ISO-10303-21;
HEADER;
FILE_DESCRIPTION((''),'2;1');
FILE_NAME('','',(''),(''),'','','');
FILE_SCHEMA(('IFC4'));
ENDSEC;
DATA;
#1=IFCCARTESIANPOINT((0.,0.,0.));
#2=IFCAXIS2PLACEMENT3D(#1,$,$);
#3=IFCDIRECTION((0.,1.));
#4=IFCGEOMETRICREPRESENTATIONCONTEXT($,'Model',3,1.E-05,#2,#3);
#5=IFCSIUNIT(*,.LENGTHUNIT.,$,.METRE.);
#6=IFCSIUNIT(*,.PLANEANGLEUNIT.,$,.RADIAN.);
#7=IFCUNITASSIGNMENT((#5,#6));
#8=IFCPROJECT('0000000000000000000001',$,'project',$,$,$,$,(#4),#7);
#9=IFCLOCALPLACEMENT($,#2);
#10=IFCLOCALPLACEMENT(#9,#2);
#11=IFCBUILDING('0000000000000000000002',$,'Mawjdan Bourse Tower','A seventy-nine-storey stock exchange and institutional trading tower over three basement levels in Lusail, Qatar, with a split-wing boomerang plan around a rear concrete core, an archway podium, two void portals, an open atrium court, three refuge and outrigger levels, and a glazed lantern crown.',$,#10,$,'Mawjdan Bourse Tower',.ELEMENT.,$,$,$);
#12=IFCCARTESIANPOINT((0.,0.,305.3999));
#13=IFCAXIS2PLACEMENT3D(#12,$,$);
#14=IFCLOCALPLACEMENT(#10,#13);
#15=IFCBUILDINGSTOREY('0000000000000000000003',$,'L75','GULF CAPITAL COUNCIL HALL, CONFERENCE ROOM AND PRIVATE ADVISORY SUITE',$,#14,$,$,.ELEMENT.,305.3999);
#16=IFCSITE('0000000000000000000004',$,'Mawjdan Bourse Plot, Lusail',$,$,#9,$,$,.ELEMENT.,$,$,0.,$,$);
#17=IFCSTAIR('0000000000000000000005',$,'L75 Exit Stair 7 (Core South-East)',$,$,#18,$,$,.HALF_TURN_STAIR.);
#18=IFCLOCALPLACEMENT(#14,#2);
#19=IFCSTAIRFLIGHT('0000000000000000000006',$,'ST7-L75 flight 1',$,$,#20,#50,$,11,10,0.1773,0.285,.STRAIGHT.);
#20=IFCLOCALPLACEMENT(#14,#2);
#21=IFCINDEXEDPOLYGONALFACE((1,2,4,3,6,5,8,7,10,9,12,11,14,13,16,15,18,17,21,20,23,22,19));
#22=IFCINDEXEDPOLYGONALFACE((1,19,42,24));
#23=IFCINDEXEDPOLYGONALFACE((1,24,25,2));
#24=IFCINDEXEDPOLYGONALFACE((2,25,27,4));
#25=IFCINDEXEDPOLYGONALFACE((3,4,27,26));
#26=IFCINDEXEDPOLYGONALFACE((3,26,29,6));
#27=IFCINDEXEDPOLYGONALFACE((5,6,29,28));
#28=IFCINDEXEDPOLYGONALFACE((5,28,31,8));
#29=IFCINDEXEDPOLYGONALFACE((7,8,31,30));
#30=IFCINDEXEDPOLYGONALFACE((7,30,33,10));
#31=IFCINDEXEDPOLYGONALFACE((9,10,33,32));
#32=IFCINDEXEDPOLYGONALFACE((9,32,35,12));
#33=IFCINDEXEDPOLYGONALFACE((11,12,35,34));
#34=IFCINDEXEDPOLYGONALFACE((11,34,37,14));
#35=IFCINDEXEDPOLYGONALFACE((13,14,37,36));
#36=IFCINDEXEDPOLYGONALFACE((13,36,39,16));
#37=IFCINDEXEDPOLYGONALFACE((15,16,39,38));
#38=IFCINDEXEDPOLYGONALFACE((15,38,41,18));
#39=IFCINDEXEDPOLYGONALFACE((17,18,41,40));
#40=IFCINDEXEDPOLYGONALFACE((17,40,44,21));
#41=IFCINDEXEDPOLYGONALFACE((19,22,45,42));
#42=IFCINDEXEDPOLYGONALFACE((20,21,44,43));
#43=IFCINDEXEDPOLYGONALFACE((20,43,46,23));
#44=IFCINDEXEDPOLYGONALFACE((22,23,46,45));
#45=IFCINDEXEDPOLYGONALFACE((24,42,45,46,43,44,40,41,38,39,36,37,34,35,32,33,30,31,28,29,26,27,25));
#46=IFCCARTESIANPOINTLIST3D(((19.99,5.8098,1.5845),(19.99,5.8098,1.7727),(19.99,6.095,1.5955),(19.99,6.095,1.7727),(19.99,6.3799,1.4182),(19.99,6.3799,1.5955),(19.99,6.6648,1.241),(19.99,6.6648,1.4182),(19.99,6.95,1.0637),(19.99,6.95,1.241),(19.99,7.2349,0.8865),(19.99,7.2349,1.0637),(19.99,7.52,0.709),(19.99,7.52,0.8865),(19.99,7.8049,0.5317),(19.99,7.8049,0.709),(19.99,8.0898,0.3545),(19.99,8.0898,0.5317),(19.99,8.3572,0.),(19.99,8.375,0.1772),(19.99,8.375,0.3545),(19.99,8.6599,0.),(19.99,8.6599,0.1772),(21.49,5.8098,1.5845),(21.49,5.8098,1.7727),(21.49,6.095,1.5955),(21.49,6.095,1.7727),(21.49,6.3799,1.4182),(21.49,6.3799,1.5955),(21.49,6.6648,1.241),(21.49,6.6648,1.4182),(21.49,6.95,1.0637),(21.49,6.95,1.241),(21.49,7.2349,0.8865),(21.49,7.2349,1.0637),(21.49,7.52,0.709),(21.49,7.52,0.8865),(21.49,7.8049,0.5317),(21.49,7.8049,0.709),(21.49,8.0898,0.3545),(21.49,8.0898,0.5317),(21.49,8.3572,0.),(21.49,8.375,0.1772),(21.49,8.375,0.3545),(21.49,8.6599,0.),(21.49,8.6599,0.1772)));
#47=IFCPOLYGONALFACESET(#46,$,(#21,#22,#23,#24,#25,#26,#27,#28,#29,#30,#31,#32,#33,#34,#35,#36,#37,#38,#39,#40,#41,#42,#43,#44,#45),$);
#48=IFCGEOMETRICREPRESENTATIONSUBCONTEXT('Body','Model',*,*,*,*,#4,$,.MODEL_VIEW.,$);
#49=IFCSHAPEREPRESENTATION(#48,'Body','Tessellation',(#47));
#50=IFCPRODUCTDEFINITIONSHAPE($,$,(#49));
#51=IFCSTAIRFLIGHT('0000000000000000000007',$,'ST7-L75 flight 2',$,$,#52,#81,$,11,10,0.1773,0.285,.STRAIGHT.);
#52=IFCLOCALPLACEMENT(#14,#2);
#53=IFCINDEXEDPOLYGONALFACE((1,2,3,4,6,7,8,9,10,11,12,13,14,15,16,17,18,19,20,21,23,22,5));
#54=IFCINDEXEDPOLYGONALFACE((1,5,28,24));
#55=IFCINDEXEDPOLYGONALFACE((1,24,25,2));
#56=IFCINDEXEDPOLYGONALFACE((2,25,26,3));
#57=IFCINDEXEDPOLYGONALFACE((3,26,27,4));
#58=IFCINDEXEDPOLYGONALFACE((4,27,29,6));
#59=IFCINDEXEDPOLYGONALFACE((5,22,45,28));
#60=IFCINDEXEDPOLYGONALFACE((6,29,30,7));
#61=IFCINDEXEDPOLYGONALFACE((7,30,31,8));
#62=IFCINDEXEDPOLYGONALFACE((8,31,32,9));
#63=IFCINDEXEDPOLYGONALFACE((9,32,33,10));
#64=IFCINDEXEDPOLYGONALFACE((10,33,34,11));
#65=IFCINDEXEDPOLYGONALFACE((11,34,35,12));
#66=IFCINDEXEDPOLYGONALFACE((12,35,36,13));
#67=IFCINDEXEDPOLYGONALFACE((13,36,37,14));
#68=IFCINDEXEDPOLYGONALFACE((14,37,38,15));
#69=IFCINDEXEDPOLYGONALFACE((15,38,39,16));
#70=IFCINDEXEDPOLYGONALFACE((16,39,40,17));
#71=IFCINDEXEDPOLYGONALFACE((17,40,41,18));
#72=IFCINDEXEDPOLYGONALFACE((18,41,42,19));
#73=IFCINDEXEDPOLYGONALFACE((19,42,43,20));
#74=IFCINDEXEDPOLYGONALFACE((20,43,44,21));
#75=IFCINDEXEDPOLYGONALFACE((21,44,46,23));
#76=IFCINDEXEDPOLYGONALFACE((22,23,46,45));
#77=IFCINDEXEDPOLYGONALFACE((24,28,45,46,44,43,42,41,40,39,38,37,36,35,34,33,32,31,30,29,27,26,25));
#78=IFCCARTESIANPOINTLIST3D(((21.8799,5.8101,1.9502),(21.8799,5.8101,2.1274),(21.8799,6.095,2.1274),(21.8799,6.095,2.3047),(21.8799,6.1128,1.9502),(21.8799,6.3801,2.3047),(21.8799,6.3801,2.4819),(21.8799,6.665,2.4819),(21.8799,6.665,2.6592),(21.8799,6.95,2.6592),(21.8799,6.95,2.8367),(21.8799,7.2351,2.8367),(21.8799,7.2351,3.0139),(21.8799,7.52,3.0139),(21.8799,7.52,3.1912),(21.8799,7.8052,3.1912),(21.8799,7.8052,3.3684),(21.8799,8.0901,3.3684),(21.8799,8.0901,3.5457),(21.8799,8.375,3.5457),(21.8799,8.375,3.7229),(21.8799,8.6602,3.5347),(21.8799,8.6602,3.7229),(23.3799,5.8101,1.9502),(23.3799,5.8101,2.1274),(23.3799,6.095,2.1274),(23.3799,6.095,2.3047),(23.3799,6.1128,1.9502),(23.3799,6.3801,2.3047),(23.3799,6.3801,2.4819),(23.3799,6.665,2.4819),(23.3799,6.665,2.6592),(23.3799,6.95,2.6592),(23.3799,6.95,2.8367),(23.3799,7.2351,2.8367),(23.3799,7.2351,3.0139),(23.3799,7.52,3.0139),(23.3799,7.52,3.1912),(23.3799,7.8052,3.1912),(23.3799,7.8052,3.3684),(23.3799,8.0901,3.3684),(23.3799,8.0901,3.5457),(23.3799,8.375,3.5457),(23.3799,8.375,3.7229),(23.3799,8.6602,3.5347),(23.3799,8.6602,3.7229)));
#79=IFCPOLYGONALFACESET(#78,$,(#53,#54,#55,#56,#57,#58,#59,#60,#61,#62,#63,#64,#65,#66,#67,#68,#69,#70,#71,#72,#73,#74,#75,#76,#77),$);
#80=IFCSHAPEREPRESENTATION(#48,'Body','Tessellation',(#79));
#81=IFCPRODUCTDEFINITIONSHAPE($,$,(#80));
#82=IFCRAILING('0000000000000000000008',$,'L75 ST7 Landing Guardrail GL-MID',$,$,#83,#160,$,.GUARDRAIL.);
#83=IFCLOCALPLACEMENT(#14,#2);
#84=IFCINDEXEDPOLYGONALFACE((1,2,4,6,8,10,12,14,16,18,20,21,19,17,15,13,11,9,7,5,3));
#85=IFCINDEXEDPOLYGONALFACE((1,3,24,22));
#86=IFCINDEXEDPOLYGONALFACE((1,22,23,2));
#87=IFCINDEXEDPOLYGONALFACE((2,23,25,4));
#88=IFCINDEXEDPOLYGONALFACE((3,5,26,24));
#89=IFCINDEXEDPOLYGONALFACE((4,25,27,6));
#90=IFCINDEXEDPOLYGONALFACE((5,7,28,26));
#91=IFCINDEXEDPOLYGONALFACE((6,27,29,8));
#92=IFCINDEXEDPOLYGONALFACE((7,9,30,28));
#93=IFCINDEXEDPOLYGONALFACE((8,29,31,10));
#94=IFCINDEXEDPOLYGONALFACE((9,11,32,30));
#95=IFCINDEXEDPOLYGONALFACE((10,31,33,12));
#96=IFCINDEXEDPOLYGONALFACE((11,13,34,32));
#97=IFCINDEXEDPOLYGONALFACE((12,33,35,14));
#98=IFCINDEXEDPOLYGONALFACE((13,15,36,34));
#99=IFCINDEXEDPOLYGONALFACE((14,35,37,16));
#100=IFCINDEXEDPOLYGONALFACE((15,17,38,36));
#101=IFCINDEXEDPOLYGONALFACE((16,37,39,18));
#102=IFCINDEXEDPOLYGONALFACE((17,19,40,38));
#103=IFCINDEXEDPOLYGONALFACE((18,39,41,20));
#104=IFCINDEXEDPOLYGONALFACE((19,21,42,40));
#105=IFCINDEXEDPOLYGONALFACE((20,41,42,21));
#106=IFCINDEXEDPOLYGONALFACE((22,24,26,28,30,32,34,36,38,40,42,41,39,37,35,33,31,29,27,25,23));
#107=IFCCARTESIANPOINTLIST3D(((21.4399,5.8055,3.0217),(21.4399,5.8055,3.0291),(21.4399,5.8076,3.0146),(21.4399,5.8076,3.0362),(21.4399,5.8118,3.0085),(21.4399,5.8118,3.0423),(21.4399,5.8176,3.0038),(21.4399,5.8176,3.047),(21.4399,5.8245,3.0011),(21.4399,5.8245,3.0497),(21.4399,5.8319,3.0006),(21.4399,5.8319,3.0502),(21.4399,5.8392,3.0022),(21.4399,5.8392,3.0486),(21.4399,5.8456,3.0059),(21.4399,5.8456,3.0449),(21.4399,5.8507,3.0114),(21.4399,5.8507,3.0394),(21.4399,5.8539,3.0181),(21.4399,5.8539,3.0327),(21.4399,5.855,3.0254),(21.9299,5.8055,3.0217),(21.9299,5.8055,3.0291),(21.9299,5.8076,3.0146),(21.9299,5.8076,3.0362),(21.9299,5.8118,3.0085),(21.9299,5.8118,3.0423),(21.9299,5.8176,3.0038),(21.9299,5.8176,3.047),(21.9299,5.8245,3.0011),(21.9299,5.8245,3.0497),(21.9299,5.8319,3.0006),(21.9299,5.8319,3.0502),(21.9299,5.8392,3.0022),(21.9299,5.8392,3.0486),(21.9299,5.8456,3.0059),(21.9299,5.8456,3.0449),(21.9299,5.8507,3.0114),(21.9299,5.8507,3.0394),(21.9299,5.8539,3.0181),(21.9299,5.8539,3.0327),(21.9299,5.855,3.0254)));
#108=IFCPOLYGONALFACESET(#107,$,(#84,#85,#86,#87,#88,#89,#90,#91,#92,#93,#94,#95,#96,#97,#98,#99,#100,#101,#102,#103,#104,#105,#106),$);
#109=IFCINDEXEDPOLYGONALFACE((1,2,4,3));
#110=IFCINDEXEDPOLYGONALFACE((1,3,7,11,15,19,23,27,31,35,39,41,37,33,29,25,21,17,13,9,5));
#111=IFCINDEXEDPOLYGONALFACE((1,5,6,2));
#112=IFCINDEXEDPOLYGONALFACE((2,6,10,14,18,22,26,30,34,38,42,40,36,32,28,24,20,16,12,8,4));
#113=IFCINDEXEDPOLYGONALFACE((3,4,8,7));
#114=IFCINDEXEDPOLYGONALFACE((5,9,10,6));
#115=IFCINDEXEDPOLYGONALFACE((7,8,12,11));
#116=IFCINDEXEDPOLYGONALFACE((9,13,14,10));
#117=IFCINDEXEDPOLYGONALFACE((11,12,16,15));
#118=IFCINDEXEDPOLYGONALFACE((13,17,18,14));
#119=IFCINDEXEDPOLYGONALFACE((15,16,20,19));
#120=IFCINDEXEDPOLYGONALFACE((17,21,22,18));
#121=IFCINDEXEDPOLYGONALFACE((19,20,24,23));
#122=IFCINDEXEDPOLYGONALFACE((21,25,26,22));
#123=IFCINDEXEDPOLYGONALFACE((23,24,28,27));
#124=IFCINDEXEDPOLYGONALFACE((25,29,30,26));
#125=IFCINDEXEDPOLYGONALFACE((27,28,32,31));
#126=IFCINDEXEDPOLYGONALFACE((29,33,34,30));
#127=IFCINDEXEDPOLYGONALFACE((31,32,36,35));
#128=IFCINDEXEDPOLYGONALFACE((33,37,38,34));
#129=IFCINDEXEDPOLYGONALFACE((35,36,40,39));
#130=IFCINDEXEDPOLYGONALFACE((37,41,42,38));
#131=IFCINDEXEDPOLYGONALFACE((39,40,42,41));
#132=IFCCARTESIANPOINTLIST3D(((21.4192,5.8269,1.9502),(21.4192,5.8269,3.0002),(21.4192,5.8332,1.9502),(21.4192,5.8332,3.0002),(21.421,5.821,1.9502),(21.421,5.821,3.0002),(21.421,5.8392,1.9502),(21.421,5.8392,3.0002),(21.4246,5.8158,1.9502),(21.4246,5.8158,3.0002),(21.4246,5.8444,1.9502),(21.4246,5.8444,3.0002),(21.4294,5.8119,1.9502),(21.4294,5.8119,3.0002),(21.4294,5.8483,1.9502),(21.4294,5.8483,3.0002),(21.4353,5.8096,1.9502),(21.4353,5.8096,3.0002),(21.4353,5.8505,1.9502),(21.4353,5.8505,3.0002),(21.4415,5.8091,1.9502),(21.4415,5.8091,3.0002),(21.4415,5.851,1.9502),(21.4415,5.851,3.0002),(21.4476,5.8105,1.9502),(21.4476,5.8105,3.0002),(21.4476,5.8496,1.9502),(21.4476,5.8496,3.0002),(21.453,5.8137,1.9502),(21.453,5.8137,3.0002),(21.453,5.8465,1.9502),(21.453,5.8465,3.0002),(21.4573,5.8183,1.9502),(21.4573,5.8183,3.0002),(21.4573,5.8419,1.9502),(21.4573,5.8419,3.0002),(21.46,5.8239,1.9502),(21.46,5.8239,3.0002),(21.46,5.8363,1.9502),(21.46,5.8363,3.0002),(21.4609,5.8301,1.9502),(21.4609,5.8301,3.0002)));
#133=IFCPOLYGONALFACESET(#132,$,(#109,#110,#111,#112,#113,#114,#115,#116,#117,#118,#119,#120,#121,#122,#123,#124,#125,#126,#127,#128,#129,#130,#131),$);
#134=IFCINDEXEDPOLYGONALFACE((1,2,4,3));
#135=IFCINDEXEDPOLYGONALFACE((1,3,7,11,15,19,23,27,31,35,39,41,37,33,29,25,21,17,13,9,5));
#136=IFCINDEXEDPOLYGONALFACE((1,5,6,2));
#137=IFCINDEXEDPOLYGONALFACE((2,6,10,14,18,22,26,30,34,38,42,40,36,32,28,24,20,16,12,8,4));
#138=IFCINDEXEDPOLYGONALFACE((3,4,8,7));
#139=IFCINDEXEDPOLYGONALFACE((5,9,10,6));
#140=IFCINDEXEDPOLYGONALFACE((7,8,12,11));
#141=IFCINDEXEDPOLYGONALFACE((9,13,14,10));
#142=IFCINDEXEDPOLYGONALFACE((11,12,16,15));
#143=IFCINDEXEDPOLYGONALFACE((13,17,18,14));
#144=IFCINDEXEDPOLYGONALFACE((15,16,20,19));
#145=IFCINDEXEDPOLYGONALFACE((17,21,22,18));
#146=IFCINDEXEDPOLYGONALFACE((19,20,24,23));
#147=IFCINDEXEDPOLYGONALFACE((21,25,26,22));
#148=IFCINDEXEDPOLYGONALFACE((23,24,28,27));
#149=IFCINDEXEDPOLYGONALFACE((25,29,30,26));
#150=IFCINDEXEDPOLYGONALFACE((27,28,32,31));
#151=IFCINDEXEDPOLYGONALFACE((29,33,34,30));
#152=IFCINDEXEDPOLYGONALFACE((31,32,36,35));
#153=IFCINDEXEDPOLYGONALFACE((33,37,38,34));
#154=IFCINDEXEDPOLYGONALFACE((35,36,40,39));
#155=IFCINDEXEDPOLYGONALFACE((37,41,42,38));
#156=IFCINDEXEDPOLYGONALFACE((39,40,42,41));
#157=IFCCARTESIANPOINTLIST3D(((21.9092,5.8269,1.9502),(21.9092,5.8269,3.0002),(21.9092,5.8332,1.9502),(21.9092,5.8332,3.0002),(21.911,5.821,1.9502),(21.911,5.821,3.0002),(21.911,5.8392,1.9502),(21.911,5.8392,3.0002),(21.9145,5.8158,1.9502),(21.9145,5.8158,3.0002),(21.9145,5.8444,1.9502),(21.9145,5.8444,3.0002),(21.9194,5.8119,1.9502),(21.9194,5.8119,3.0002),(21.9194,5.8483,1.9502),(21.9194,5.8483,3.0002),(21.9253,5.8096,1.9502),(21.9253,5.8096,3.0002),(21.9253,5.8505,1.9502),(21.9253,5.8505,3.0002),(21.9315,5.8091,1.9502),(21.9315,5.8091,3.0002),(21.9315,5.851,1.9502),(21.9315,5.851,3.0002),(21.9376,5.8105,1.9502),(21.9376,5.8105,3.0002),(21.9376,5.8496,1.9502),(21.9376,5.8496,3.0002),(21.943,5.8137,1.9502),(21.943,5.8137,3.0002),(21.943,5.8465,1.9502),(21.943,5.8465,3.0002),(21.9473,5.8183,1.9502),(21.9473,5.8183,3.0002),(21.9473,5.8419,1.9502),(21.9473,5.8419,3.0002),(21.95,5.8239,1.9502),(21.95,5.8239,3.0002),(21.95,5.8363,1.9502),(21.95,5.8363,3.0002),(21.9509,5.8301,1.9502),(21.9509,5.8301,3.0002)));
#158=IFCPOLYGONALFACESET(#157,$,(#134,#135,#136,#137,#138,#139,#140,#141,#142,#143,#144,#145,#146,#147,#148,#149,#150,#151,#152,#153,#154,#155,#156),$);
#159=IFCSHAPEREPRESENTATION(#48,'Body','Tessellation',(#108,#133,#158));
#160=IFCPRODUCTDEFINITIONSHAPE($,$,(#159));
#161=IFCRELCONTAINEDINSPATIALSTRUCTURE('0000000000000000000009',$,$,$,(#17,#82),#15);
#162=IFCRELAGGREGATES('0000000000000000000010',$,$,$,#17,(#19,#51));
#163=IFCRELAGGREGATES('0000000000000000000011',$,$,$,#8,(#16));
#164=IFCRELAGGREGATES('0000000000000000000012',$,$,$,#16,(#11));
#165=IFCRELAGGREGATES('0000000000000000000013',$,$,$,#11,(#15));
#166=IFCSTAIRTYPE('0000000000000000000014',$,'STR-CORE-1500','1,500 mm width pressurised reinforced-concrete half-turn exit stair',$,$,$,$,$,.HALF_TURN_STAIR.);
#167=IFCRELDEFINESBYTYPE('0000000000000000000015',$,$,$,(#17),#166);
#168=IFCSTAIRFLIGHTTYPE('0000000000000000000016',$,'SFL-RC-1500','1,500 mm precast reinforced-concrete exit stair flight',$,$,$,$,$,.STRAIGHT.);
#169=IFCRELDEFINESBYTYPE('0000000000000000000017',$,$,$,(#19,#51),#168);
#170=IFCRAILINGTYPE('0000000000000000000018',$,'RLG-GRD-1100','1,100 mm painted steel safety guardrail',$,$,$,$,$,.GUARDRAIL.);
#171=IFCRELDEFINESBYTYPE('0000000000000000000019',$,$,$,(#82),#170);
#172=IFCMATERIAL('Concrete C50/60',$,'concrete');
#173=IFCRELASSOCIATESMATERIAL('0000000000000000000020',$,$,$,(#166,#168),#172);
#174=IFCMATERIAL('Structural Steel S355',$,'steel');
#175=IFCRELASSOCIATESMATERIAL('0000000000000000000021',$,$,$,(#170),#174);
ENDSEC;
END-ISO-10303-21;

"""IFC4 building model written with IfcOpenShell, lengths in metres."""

from ifc_helpers import new_model, si_unit, direction, frame, origin, origin_2d, place, context, subcontext, project, spatial, polyline, circle, outline, extrude, material, type_object, element, aggregate, save


model = new_model("IFC4")

# Units and contexts
model_context = context("Model", 3, precision=1e-05, world=origin(), true_north=direction((0.0, 1.0)))
body_context = subcontext(model_context, "Body", "Model", "MODEL_VIEW")
ifc_project = project(units=[si_unit("LENGTHUNIT", "METRE"), si_unit("PLANEANGLEUNIT", "RADIAN")], contexts=[model_context])

# Site, building, storey
site_placement = place(None, origin())
site = spatial("IfcSite", under=ifc_project, at=site_placement, Name="Mawjdan Bourse Plot, Lusail", CompositionType="ELEMENT", RefElevation=0.0)
building_placement = place(site_placement, origin())
building = spatial("IfcBuilding", under=site, at=building_placement, Name="Mawjdan Bourse Tower", Description="A seventy-nine-storey stock exchange and institutional trading tower over three basement levels in Lusail, Qatar, with a split-wing boomerang plan around a rear concrete core, an archway podium, two void portals, an open atrium court, three refuge and outrigger levels, and a glazed lantern crown.", LongName="Mawjdan Bourse Tower", CompositionType="ELEMENT")
storey_placement = place(building_placement, frame((0.0, 0.0, 305.3999)))
storey = spatial("IfcBuildingStorey", under=building, at=storey_placement, Name="L75", Description="GULF CAPITAL COUNCIL HALL, CONFERENCE ROOM AND PRIVATE ADVISORY SUITE", CompositionType="ELEMENT", Elevation=305.3999)

# Shared definitions
ifc_material_1 = material(Name="Structural Steel S355", Category="steel")

# Shared definitions
ifc_material_2 = material(Name="Concrete C50/60", Category="concrete")

# Stair, stair flights
stair_type = type_object("IfcStairType", Name="STR-CORE-1500", Description="1,500 mm width pressurised reinforced-concrete half-turn exit stair", PredefinedType="HALF_TURN_STAIR", material=ifc_material_2)
stair_placement = place(storey_placement, origin())
stair = element("IfcStair", 1, at=stair_placement, inside=storey, type_object=stair_type, Name="L75 Exit Stair 7 (Core South-East)", PredefinedType="HALF_TURN_STAIR")
stair_flight_type = type_object("IfcStairFlightType", Name="SFL-RC-1500", Description="1,500 mm precast reinforced-concrete exit stair flight", PredefinedType="STRAIGHT", material=ifc_material_2)
stair_flight_1_placement = place(storey_placement, frame((20.74, 8.6599, 0.0), z_axis=(0.0, 0.0, 1.0), x_axis=(0.0, -1.0, 0.0)))
stair_flight_1 = element("IfcStairFlight", 2, at=stair_flight_1_placement, type_object=stair_flight_type, Name="ST7-L75 flight 1", NumberOfRisers=11, NumberOfTreads=10, PredefinedType="STRAIGHT", RiserHeight=0.1773, TreadLength=0.285, context=body_context, shape_type="SweptSolid", body=[
    extrude(outline(polyline([(0.0, 0.0), (0.0, 0.1772), (0.2849, 0.1772), (0.2849, 0.3545), (0.5701, 0.3545), (0.5701, 0.5317), (0.855, 0.5317), (0.855, 0.709), (1.1399, 0.709), (1.1399, 0.8865), (1.425, 0.8865), (1.425, 1.0637), (1.71, 1.0637), (1.71, 1.241), (1.9951, 1.241), (1.9951, 1.4182), (2.28, 1.4182), (2.28, 1.5955), (2.5649, 1.5955), (2.5649, 1.7727), (2.8501, 1.7727), (2.8501, 1.95), (2.8501, 1.5845), (0.3027, 0.0), (0.0, 0.0)])), frame((0.0, 0.75, 0.0), z_axis=(0.0, -1.0, 0.0), x_axis=(1.0, 0.0, 0.0)), (0.0, 0.0, 1.0), 1.5),
])
stair_flight_2_placement = place(storey_placement, frame((22.6299, 5.8101, 1.9502), z_axis=(0.0, 0.0, 1.0), x_axis=(0.0, 1.0, 0.0)))
stair_flight_2 = element("IfcStairFlight", 3, at=stair_flight_2_placement, type_object=stair_flight_type, Name="ST7-L75 flight 2", NumberOfRisers=11, NumberOfTreads=10, PredefinedType="STRAIGHT", RiserHeight=0.1773, TreadLength=0.285, context=body_context, shape_type="SweptSolid", body=[
    extrude(outline(polyline([(0.0, 0.0), (0.0, 0.1772), (0.2849, 0.1772), (0.2849, 0.3545), (0.5701, 0.3545), (0.5701, 0.5317), (0.855, 0.5317), (0.855, 0.709), (1.1399, 0.709), (1.1399, 0.8865), (1.425, 0.8865), (1.425, 1.0637), (1.71, 1.0637), (1.71, 1.241), (1.9951, 1.241), (1.9951, 1.4182), (2.28, 1.4182), (2.28, 1.5955), (2.5649, 1.5955), (2.5649, 1.7727), (2.8501, 1.7727), (2.8501, 1.95), (2.8501, 1.5845), (0.3027, 0.0), (0.0, 0.0)])), frame((0.0, 0.75, 0.0), z_axis=(0.0, -1.0, 0.0), x_axis=(1.0, 0.0, 0.0)), (0.0, 0.0, 1.0), 1.5),
])
aggregate(stair, [stair_flight_1, stair_flight_2])

# Railing
railing_type_1 = type_object("IfcRailingType", Name="RLG-GRD-1100", Description="1,100 mm painted steel safety guardrail", PredefinedType="GUARDRAIL", material=ifc_material_1)
for number, where, name in (
    (4, (21.4399, 5.8301, 1.9502), "L75 ST7 Landing Guardrail GL-MID"),
):
    element("IfcRailing", number, at=place(storey_placement, frame(where)), inside=storey, type_object=railing_type_1, Name=name, PredefinedType="GUARDRAIL", context=body_context, shape_type="SweptSolid", body=[
        extrude(circle(Radius=0.0249, at=origin_2d()), frame((0.0, 0.0, 1.0752), z_axis=(1.0, 0.0, 0.0), x_axis=(0.0, 1.0, 0.0)), (0.0, 0.0, 1.0), 0.49),
        extrude(circle(Radius=0.021, at=origin_2d()), origin(), (0.0, 0.0, 1.0), 1.05),
        extrude(circle(Radius=0.021, at=origin_2d()), frame((0.49, 0.0, 0.0)), (0.0, 0.0, 1.0), 1.05),
    ])

save(model, "model.ifc")
